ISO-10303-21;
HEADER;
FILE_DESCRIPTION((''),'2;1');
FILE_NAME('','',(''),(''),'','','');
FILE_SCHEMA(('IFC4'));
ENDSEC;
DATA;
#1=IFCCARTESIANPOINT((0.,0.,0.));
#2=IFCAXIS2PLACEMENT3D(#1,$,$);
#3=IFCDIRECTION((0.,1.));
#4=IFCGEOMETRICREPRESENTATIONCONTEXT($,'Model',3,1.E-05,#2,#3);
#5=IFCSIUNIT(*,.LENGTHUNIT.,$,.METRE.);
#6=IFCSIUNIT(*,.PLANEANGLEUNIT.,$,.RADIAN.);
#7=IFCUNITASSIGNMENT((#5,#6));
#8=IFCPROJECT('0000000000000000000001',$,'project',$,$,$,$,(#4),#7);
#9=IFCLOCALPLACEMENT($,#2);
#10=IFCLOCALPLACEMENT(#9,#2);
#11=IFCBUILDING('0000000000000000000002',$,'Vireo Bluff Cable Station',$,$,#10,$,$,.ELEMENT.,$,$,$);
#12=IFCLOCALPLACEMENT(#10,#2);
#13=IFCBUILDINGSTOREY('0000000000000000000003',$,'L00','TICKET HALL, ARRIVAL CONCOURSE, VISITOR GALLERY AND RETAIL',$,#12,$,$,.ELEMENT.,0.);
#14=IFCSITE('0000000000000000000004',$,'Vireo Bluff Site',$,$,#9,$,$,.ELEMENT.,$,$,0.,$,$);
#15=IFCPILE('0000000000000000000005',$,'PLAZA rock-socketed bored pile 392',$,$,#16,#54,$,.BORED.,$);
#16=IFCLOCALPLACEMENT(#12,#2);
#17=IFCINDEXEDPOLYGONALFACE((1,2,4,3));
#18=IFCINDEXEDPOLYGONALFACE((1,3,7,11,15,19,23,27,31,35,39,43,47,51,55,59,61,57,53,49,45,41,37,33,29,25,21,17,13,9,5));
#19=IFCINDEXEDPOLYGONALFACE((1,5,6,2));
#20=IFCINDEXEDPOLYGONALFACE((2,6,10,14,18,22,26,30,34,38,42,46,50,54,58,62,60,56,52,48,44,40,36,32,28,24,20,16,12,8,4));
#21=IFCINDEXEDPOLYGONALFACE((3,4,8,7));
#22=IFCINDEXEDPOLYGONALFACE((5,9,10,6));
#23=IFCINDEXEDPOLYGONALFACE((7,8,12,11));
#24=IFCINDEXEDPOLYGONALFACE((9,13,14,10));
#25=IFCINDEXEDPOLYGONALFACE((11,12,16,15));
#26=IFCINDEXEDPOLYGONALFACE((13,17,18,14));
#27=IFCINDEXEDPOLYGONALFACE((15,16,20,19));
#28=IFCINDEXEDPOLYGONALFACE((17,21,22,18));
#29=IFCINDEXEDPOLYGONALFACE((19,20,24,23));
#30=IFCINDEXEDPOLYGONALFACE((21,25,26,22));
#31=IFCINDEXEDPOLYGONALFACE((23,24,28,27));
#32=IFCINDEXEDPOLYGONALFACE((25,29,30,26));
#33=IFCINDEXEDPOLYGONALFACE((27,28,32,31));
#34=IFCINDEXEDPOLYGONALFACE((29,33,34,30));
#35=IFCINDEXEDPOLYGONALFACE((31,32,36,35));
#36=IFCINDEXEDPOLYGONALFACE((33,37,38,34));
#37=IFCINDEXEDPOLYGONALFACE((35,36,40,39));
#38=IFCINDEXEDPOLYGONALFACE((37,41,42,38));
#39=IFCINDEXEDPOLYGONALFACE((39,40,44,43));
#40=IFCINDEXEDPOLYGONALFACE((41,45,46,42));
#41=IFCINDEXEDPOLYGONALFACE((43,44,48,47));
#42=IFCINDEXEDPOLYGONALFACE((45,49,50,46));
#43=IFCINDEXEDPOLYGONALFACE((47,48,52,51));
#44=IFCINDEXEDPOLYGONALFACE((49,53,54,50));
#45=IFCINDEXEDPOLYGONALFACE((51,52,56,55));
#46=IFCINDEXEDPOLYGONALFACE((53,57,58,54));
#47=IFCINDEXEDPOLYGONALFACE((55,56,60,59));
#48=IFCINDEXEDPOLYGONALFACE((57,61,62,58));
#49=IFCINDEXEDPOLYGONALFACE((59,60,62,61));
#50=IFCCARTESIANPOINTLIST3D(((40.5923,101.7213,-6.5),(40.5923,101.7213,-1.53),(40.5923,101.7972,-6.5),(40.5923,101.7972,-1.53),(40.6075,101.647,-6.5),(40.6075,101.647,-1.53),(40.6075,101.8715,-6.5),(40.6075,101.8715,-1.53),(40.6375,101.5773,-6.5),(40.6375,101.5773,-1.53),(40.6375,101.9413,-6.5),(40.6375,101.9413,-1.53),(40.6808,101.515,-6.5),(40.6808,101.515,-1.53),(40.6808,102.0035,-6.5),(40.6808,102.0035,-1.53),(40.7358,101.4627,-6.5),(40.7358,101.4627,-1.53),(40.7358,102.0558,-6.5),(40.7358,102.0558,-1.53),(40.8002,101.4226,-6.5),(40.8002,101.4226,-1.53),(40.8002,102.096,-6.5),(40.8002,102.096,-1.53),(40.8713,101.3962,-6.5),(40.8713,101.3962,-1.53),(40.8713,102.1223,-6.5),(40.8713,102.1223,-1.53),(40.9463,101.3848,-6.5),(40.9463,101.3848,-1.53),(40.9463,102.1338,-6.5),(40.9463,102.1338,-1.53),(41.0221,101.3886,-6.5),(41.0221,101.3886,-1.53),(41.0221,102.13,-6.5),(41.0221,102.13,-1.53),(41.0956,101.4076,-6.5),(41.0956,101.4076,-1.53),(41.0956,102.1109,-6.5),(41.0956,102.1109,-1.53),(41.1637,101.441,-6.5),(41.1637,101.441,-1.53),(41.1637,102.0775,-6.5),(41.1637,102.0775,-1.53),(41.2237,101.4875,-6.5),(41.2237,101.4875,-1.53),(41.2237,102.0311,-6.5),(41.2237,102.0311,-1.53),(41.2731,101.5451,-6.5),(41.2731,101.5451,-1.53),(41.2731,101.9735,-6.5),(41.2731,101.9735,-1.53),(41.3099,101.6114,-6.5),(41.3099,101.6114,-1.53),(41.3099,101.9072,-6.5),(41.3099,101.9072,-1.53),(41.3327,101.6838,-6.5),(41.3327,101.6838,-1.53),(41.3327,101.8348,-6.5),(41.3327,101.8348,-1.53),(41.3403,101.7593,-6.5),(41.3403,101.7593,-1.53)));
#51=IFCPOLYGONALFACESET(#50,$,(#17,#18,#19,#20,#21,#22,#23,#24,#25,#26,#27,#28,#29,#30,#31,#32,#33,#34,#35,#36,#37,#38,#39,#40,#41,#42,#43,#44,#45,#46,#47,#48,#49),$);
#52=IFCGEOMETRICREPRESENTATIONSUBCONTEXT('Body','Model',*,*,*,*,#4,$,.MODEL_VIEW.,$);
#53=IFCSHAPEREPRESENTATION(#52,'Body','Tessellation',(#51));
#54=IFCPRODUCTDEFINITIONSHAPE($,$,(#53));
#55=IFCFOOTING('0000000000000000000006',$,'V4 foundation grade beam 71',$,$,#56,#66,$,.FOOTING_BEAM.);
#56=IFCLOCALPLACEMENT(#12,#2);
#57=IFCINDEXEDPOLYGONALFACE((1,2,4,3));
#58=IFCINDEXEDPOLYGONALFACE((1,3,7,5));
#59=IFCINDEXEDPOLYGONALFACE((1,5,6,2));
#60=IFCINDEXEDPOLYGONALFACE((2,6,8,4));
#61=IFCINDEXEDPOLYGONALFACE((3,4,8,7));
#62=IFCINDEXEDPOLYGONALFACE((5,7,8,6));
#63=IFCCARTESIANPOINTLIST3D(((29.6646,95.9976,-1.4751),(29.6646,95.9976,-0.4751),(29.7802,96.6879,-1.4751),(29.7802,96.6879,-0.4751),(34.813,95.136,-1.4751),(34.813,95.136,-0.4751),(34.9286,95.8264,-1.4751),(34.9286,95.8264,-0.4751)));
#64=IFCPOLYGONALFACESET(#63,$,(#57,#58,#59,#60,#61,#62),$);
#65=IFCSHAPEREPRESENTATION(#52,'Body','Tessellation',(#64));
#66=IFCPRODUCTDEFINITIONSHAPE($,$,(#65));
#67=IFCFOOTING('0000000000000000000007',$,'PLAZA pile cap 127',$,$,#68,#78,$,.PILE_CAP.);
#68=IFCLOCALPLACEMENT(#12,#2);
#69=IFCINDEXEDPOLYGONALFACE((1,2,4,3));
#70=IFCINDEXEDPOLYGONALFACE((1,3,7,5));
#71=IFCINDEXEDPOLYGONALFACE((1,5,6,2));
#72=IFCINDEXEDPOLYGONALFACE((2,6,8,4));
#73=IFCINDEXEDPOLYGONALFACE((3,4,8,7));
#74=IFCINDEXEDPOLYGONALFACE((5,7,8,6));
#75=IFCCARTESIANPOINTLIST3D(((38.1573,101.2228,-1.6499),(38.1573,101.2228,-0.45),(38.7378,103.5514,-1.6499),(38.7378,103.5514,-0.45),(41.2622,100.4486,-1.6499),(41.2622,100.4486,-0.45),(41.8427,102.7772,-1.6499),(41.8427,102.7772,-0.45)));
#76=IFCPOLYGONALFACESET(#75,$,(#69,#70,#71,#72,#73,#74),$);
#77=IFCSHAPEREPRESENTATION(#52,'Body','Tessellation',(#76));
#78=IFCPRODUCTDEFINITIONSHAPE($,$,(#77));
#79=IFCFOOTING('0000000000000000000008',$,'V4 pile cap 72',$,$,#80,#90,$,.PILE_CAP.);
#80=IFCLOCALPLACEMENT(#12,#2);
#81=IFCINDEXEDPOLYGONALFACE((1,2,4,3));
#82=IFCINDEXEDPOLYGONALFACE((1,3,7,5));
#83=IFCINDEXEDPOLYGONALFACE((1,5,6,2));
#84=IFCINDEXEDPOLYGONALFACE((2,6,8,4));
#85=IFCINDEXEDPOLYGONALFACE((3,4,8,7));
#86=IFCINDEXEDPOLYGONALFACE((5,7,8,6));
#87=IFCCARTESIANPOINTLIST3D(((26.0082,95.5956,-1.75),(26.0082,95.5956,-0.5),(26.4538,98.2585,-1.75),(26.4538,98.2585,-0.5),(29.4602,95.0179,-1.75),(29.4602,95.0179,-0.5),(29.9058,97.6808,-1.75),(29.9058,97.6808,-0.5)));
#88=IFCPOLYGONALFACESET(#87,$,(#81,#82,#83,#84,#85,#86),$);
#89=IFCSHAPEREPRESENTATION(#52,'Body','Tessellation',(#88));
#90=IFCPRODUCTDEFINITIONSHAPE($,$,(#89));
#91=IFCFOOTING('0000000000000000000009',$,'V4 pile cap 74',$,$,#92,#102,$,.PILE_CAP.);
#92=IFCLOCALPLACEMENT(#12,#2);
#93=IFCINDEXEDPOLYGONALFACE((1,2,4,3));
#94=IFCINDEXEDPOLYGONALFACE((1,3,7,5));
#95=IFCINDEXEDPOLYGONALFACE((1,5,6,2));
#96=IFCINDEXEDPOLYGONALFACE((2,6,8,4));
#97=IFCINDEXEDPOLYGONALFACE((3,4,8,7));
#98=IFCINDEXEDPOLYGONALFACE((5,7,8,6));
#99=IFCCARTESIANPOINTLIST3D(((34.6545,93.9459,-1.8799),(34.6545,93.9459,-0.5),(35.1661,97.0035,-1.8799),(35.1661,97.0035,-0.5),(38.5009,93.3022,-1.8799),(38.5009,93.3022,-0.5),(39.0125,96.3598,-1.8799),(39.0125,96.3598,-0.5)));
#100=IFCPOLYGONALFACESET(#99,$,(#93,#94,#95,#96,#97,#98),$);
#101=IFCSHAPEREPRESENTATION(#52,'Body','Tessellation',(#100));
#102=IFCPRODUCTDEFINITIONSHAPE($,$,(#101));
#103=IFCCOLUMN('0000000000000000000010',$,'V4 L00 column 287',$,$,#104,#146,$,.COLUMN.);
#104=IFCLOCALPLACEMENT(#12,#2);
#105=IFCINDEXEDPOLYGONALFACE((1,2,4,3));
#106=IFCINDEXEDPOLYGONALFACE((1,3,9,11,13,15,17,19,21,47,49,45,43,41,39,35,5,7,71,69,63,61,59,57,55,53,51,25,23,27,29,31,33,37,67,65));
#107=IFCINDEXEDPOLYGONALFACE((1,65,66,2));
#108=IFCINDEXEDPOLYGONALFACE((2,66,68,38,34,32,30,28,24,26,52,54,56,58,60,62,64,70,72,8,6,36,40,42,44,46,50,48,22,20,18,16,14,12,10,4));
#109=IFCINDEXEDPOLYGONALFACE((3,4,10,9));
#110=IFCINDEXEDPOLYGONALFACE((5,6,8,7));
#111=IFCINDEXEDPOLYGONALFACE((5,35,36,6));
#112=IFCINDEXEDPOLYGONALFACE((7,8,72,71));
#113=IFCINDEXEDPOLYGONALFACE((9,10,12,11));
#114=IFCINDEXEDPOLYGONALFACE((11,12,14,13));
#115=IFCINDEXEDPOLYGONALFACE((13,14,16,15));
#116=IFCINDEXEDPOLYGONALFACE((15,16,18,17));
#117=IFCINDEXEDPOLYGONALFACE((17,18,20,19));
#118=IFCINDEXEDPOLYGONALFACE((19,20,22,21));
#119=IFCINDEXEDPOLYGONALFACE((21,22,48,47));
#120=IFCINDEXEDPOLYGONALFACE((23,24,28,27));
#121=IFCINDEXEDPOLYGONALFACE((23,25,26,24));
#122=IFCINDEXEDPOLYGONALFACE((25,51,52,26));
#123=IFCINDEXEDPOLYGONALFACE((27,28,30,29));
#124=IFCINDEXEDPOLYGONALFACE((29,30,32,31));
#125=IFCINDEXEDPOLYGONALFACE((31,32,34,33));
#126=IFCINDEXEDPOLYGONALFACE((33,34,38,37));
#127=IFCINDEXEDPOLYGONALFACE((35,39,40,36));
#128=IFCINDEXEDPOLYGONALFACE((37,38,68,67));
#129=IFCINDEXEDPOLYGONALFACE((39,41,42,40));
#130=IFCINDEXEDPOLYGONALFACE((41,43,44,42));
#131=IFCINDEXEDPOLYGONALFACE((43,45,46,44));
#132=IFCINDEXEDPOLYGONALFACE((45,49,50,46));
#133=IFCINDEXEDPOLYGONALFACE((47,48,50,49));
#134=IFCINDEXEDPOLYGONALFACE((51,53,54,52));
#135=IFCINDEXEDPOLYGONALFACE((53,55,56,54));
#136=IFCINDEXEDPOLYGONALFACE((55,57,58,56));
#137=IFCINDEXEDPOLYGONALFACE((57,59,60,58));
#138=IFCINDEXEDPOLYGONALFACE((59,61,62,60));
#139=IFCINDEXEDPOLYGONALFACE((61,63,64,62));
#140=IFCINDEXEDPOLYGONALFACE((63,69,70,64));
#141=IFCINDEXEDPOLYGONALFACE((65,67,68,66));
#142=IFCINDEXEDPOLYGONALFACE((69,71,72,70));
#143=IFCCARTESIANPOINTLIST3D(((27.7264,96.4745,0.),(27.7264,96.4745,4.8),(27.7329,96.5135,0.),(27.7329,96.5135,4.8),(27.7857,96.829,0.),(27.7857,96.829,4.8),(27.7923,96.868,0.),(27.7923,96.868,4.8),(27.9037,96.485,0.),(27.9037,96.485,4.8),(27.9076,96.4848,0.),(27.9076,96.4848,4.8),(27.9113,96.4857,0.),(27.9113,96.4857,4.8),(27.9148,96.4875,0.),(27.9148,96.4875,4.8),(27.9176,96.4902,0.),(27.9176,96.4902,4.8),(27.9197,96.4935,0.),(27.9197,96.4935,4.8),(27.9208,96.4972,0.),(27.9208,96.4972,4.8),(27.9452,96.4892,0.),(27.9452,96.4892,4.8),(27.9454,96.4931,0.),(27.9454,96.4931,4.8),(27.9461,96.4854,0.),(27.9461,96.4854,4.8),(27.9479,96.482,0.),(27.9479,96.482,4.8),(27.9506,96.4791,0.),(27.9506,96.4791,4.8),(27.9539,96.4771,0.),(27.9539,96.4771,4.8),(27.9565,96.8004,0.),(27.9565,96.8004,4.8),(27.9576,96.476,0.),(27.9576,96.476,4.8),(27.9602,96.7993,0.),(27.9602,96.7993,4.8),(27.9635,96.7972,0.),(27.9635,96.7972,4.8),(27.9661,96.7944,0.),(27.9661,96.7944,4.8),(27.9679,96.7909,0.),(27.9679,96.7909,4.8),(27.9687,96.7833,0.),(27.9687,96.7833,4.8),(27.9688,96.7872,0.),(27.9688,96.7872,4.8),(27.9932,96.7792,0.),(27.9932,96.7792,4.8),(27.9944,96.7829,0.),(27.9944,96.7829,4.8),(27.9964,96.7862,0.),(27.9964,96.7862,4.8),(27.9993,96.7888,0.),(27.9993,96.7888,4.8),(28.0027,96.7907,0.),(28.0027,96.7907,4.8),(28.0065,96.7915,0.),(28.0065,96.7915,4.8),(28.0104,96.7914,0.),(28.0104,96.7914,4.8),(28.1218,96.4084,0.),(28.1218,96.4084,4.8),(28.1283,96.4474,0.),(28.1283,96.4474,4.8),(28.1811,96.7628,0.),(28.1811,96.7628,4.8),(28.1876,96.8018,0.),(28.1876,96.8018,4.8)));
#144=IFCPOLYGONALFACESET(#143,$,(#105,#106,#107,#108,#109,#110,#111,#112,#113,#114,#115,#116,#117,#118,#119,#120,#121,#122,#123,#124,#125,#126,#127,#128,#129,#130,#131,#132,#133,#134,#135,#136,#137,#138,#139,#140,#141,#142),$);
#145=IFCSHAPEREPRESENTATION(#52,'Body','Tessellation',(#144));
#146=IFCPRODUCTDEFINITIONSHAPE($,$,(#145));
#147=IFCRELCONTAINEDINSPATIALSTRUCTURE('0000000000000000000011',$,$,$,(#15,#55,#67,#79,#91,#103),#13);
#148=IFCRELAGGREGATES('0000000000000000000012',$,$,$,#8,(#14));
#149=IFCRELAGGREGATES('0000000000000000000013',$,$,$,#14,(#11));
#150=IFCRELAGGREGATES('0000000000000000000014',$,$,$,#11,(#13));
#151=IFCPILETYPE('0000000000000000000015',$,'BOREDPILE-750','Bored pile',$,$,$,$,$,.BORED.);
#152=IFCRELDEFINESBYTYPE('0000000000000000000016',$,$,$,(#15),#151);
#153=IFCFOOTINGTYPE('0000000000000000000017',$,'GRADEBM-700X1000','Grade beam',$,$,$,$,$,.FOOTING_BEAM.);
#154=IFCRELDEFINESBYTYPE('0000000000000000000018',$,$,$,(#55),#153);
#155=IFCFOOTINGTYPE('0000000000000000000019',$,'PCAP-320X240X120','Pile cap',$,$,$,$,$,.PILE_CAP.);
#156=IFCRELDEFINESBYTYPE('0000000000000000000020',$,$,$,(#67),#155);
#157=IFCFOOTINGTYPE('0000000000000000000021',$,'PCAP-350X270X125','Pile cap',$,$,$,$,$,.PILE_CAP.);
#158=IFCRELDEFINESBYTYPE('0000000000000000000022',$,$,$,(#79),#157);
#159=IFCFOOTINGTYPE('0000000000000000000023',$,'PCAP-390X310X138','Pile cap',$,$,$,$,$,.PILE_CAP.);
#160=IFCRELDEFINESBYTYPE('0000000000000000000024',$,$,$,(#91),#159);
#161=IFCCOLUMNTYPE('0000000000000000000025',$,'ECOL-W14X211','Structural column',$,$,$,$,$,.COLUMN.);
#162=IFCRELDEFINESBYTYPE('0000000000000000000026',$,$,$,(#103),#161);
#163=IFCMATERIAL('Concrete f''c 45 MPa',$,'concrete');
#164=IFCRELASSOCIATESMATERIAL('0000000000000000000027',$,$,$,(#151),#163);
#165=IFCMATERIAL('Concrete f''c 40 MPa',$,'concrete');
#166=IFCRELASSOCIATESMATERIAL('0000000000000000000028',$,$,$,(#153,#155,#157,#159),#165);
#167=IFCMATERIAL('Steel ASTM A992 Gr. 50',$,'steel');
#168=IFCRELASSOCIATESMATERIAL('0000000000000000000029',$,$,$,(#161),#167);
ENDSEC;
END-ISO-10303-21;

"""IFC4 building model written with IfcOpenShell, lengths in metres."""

from ifc_helpers import new_model, si_unit, direction, frame, origin, origin_2d, place, context, subcontext, project, spatial, rectangle, circle, i_section, extrude, material, material_profile, profile_set, type_object, element, save


model = new_model("IFC4")

# Units and contexts
model_context = context("Model", 3, precision=1e-05, world=origin(), true_north=direction((0.0, 1.0)))
body_context = subcontext(model_context, "Body", "Model", "MODEL_VIEW")
ifc_project = project(units=[si_unit("LENGTHUNIT", "METRE"), si_unit("PLANEANGLEUNIT", "RADIAN")], contexts=[model_context])

# Site, building, storey
site_placement = place(None, origin())
site = spatial("IfcSite", under=ifc_project, at=site_placement, Name="Vireo Bluff Site", CompositionType="ELEMENT", RefElevation=0.0)
building_placement = place(site_placement, origin())
building = spatial("IfcBuilding", under=site, at=building_placement, Name="Vireo Bluff Cable Station", CompositionType="ELEMENT")
storey_placement = place(building_placement, origin())
storey = spatial("IfcBuildingStorey", under=building, at=storey_placement, Name="L00", Description="TICKET HALL, ARRIVAL CONCOURSE, VISITOR GALLERY AND RETAIL", CompositionType="ELEMENT", Elevation=0.0)

# Pile
ifc_material_1 = material(Name="Concrete f'c 45 MPa", Category="concrete")
ifc_material_profile_1 = material_profile(ifc_material_1, circle(Radius=0.375, at=origin_2d()), Name="BOREDPILE-750")
ifc_profile_set_1 = profile_set([ifc_material_profile_1], Name="Concrete f'c 45 MPa")
pile_type = type_object("IfcPileType", Name="BOREDPILE-750", Description="Bored pile", PredefinedType="BORED", material=ifc_profile_set_1)
for number, where, z_axis, x_axis, name in (
    (1, (40.9653, 101.7593, -1.53), (0.0, 0.0, -1.0), (1.0, 0.0, 0.0), "PLAZA rock-socketed bored pile 392"),
):
    element("IfcPile", number, at=place(storey_placement, frame(where, z_axis=z_axis, x_axis=x_axis)), inside=storey, type_object=pile_type, Name=name, PredefinedType="BORED", context=body_context, shape_type="SweptSolid", body=[
        extrude(circle(Radius=0.375, at=origin_2d()), origin(), (0.0, 0.0, 1.0), 4.97),
    ])

# Footings
ifc_material_2 = material(Name="Concrete f'c 40 MPa", Category="concrete")
ifc_material_profile_2 = material_profile(ifc_material_2, rectangle(XDim=0.7, YDim=1.0, at=origin_2d()), Name="GRADEBM-700X1000")
ifc_profile_set_2 = profile_set([ifc_material_profile_2], Name="Concrete f'c 40 MPa")
footing_type_1 = type_object("IfcFootingType", Name="GRADEBM-700X1000", Description="Grade beam", PredefinedType="FOOTING_BEAM", material=ifc_profile_set_2)
footing_1_placement = place(storey_placement, frame((29.7224, 96.3428, -0.9751), z_axis=(0.986285, -0.165051, 0.0), x_axis=(0.165051, 0.986285, 0.0)))
element("IfcFooting", 2, at=footing_1_placement, inside=storey, type_object=footing_type_1, Name="V4 foundation grade beam 71", PredefinedType="FOOTING_BEAM", context=body_context, shape_type="SweptSolid", body=[
    extrude(rectangle(XDim=0.7, YDim=1.0, at=origin_2d()), origin(), (0.0, 0.0, 1.0), 5.22),
])
footing_type_2 = type_object("IfcFootingType", Name="PCAP-320X240X120", Description="Pile cap", PredefinedType="PILE_CAP", material=ifc_material_2)
footing_2_placement = place(storey_placement, frame((40.0, 102.0, -1.6499), z_axis=(0.0, 0.0, 1.0), x_axis=(0.970296, -0.241922, 0.0)))
element("IfcFooting", 3, at=footing_2_placement, inside=storey, type_object=footing_type_2, Name="PLAZA pile cap 127", PredefinedType="PILE_CAP", context=body_context, shape_type="SweptSolid", body=[
    extrude(rectangle(XDim=3.2, YDim=2.3999, at=origin_2d()), origin(), (0.0, 0.0, 1.0), 1.2),
])
footing_type_3 = type_object("IfcFootingType", Name="PCAP-350X270X125", Description="Pile cap", PredefinedType="PILE_CAP", material=ifc_material_2)
footing_3_placement = place(storey_placement, frame((27.957, 96.6382, -1.75), z_axis=(0.0, 0.0, 1.0), x_axis=(0.986286, -0.165048, 0.0)))
element("IfcFooting", 4, at=footing_3_placement, inside=storey, type_object=footing_type_3, Name="V4 pile cap 72", PredefinedType="PILE_CAP", context=body_context, shape_type="SweptSolid", body=[
    extrude(rectangle(XDim=3.5, YDim=2.7, at=origin_2d()), origin(), (0.0, 0.0, 1.0), 1.25),
])
footing_type_4 = type_object("IfcFootingType", Name="PCAP-390X310X138", Description="Pile cap", PredefinedType="PILE_CAP", material=ifc_material_2)
footing_4_placement = place(storey_placement, frame((36.8335, 95.1528, -1.8799), z_axis=(0.0, 0.0, 1.0), x_axis=(0.986286, -0.165048, 0.0)))
element("IfcFooting", 5, at=footing_4_placement, inside=storey, type_object=footing_type_4, Name="V4 pile cap 74", PredefinedType="PILE_CAP", context=body_context, shape_type="SweptSolid", body=[
    extrude(rectangle(XDim=3.8999, YDim=3.1001, at=origin_2d()), origin(), (0.0, 0.0, 1.0), 1.3799),
])

# Column
ifc_material_3 = material(Name="Steel ASTM A992 Gr. 50", Category="steel")
ifc_material_profile_3 = material_profile(ifc_material_3, i_section(OverallWidth=0.4009, OverallDepth=0.3989, WebThickness=0.0249, FlangeThickness=0.0396, FilletRadius=0.0149, at=origin_2d()), Name="W14X211")
ifc_profile_set_3 = profile_set([ifc_material_profile_3], Name="Steel ASTM A992 Gr. 50")
column_type_1 = type_object("IfcColumnType", Name="ECOL-W14X211", Description="Structural column", PredefinedType="COLUMN", material=ifc_profile_set_3)
column_1_placement = place(storey_placement, frame((27.957, 96.6382, 0.0), z_axis=(0.0, 0.0, 1.0), x_axis=(0.986286, -0.165048, 0.0)))
element("IfcColumn", 6, at=column_1_placement, inside=storey, type_object=column_type_1, Name="V4 L00 column 287", PredefinedType="COLUMN", context=body_context, shape_type="SweptSolid", body=[
    extrude(i_section(OverallWidth=0.4009, OverallDepth=0.3989, WebThickness=0.0249, FlangeThickness=0.0396, FilletRadius=0.0149, at=origin_2d()), origin(), (0.0, 0.0, 1.0), 4.8),
])

save(model, "model.ifc")
